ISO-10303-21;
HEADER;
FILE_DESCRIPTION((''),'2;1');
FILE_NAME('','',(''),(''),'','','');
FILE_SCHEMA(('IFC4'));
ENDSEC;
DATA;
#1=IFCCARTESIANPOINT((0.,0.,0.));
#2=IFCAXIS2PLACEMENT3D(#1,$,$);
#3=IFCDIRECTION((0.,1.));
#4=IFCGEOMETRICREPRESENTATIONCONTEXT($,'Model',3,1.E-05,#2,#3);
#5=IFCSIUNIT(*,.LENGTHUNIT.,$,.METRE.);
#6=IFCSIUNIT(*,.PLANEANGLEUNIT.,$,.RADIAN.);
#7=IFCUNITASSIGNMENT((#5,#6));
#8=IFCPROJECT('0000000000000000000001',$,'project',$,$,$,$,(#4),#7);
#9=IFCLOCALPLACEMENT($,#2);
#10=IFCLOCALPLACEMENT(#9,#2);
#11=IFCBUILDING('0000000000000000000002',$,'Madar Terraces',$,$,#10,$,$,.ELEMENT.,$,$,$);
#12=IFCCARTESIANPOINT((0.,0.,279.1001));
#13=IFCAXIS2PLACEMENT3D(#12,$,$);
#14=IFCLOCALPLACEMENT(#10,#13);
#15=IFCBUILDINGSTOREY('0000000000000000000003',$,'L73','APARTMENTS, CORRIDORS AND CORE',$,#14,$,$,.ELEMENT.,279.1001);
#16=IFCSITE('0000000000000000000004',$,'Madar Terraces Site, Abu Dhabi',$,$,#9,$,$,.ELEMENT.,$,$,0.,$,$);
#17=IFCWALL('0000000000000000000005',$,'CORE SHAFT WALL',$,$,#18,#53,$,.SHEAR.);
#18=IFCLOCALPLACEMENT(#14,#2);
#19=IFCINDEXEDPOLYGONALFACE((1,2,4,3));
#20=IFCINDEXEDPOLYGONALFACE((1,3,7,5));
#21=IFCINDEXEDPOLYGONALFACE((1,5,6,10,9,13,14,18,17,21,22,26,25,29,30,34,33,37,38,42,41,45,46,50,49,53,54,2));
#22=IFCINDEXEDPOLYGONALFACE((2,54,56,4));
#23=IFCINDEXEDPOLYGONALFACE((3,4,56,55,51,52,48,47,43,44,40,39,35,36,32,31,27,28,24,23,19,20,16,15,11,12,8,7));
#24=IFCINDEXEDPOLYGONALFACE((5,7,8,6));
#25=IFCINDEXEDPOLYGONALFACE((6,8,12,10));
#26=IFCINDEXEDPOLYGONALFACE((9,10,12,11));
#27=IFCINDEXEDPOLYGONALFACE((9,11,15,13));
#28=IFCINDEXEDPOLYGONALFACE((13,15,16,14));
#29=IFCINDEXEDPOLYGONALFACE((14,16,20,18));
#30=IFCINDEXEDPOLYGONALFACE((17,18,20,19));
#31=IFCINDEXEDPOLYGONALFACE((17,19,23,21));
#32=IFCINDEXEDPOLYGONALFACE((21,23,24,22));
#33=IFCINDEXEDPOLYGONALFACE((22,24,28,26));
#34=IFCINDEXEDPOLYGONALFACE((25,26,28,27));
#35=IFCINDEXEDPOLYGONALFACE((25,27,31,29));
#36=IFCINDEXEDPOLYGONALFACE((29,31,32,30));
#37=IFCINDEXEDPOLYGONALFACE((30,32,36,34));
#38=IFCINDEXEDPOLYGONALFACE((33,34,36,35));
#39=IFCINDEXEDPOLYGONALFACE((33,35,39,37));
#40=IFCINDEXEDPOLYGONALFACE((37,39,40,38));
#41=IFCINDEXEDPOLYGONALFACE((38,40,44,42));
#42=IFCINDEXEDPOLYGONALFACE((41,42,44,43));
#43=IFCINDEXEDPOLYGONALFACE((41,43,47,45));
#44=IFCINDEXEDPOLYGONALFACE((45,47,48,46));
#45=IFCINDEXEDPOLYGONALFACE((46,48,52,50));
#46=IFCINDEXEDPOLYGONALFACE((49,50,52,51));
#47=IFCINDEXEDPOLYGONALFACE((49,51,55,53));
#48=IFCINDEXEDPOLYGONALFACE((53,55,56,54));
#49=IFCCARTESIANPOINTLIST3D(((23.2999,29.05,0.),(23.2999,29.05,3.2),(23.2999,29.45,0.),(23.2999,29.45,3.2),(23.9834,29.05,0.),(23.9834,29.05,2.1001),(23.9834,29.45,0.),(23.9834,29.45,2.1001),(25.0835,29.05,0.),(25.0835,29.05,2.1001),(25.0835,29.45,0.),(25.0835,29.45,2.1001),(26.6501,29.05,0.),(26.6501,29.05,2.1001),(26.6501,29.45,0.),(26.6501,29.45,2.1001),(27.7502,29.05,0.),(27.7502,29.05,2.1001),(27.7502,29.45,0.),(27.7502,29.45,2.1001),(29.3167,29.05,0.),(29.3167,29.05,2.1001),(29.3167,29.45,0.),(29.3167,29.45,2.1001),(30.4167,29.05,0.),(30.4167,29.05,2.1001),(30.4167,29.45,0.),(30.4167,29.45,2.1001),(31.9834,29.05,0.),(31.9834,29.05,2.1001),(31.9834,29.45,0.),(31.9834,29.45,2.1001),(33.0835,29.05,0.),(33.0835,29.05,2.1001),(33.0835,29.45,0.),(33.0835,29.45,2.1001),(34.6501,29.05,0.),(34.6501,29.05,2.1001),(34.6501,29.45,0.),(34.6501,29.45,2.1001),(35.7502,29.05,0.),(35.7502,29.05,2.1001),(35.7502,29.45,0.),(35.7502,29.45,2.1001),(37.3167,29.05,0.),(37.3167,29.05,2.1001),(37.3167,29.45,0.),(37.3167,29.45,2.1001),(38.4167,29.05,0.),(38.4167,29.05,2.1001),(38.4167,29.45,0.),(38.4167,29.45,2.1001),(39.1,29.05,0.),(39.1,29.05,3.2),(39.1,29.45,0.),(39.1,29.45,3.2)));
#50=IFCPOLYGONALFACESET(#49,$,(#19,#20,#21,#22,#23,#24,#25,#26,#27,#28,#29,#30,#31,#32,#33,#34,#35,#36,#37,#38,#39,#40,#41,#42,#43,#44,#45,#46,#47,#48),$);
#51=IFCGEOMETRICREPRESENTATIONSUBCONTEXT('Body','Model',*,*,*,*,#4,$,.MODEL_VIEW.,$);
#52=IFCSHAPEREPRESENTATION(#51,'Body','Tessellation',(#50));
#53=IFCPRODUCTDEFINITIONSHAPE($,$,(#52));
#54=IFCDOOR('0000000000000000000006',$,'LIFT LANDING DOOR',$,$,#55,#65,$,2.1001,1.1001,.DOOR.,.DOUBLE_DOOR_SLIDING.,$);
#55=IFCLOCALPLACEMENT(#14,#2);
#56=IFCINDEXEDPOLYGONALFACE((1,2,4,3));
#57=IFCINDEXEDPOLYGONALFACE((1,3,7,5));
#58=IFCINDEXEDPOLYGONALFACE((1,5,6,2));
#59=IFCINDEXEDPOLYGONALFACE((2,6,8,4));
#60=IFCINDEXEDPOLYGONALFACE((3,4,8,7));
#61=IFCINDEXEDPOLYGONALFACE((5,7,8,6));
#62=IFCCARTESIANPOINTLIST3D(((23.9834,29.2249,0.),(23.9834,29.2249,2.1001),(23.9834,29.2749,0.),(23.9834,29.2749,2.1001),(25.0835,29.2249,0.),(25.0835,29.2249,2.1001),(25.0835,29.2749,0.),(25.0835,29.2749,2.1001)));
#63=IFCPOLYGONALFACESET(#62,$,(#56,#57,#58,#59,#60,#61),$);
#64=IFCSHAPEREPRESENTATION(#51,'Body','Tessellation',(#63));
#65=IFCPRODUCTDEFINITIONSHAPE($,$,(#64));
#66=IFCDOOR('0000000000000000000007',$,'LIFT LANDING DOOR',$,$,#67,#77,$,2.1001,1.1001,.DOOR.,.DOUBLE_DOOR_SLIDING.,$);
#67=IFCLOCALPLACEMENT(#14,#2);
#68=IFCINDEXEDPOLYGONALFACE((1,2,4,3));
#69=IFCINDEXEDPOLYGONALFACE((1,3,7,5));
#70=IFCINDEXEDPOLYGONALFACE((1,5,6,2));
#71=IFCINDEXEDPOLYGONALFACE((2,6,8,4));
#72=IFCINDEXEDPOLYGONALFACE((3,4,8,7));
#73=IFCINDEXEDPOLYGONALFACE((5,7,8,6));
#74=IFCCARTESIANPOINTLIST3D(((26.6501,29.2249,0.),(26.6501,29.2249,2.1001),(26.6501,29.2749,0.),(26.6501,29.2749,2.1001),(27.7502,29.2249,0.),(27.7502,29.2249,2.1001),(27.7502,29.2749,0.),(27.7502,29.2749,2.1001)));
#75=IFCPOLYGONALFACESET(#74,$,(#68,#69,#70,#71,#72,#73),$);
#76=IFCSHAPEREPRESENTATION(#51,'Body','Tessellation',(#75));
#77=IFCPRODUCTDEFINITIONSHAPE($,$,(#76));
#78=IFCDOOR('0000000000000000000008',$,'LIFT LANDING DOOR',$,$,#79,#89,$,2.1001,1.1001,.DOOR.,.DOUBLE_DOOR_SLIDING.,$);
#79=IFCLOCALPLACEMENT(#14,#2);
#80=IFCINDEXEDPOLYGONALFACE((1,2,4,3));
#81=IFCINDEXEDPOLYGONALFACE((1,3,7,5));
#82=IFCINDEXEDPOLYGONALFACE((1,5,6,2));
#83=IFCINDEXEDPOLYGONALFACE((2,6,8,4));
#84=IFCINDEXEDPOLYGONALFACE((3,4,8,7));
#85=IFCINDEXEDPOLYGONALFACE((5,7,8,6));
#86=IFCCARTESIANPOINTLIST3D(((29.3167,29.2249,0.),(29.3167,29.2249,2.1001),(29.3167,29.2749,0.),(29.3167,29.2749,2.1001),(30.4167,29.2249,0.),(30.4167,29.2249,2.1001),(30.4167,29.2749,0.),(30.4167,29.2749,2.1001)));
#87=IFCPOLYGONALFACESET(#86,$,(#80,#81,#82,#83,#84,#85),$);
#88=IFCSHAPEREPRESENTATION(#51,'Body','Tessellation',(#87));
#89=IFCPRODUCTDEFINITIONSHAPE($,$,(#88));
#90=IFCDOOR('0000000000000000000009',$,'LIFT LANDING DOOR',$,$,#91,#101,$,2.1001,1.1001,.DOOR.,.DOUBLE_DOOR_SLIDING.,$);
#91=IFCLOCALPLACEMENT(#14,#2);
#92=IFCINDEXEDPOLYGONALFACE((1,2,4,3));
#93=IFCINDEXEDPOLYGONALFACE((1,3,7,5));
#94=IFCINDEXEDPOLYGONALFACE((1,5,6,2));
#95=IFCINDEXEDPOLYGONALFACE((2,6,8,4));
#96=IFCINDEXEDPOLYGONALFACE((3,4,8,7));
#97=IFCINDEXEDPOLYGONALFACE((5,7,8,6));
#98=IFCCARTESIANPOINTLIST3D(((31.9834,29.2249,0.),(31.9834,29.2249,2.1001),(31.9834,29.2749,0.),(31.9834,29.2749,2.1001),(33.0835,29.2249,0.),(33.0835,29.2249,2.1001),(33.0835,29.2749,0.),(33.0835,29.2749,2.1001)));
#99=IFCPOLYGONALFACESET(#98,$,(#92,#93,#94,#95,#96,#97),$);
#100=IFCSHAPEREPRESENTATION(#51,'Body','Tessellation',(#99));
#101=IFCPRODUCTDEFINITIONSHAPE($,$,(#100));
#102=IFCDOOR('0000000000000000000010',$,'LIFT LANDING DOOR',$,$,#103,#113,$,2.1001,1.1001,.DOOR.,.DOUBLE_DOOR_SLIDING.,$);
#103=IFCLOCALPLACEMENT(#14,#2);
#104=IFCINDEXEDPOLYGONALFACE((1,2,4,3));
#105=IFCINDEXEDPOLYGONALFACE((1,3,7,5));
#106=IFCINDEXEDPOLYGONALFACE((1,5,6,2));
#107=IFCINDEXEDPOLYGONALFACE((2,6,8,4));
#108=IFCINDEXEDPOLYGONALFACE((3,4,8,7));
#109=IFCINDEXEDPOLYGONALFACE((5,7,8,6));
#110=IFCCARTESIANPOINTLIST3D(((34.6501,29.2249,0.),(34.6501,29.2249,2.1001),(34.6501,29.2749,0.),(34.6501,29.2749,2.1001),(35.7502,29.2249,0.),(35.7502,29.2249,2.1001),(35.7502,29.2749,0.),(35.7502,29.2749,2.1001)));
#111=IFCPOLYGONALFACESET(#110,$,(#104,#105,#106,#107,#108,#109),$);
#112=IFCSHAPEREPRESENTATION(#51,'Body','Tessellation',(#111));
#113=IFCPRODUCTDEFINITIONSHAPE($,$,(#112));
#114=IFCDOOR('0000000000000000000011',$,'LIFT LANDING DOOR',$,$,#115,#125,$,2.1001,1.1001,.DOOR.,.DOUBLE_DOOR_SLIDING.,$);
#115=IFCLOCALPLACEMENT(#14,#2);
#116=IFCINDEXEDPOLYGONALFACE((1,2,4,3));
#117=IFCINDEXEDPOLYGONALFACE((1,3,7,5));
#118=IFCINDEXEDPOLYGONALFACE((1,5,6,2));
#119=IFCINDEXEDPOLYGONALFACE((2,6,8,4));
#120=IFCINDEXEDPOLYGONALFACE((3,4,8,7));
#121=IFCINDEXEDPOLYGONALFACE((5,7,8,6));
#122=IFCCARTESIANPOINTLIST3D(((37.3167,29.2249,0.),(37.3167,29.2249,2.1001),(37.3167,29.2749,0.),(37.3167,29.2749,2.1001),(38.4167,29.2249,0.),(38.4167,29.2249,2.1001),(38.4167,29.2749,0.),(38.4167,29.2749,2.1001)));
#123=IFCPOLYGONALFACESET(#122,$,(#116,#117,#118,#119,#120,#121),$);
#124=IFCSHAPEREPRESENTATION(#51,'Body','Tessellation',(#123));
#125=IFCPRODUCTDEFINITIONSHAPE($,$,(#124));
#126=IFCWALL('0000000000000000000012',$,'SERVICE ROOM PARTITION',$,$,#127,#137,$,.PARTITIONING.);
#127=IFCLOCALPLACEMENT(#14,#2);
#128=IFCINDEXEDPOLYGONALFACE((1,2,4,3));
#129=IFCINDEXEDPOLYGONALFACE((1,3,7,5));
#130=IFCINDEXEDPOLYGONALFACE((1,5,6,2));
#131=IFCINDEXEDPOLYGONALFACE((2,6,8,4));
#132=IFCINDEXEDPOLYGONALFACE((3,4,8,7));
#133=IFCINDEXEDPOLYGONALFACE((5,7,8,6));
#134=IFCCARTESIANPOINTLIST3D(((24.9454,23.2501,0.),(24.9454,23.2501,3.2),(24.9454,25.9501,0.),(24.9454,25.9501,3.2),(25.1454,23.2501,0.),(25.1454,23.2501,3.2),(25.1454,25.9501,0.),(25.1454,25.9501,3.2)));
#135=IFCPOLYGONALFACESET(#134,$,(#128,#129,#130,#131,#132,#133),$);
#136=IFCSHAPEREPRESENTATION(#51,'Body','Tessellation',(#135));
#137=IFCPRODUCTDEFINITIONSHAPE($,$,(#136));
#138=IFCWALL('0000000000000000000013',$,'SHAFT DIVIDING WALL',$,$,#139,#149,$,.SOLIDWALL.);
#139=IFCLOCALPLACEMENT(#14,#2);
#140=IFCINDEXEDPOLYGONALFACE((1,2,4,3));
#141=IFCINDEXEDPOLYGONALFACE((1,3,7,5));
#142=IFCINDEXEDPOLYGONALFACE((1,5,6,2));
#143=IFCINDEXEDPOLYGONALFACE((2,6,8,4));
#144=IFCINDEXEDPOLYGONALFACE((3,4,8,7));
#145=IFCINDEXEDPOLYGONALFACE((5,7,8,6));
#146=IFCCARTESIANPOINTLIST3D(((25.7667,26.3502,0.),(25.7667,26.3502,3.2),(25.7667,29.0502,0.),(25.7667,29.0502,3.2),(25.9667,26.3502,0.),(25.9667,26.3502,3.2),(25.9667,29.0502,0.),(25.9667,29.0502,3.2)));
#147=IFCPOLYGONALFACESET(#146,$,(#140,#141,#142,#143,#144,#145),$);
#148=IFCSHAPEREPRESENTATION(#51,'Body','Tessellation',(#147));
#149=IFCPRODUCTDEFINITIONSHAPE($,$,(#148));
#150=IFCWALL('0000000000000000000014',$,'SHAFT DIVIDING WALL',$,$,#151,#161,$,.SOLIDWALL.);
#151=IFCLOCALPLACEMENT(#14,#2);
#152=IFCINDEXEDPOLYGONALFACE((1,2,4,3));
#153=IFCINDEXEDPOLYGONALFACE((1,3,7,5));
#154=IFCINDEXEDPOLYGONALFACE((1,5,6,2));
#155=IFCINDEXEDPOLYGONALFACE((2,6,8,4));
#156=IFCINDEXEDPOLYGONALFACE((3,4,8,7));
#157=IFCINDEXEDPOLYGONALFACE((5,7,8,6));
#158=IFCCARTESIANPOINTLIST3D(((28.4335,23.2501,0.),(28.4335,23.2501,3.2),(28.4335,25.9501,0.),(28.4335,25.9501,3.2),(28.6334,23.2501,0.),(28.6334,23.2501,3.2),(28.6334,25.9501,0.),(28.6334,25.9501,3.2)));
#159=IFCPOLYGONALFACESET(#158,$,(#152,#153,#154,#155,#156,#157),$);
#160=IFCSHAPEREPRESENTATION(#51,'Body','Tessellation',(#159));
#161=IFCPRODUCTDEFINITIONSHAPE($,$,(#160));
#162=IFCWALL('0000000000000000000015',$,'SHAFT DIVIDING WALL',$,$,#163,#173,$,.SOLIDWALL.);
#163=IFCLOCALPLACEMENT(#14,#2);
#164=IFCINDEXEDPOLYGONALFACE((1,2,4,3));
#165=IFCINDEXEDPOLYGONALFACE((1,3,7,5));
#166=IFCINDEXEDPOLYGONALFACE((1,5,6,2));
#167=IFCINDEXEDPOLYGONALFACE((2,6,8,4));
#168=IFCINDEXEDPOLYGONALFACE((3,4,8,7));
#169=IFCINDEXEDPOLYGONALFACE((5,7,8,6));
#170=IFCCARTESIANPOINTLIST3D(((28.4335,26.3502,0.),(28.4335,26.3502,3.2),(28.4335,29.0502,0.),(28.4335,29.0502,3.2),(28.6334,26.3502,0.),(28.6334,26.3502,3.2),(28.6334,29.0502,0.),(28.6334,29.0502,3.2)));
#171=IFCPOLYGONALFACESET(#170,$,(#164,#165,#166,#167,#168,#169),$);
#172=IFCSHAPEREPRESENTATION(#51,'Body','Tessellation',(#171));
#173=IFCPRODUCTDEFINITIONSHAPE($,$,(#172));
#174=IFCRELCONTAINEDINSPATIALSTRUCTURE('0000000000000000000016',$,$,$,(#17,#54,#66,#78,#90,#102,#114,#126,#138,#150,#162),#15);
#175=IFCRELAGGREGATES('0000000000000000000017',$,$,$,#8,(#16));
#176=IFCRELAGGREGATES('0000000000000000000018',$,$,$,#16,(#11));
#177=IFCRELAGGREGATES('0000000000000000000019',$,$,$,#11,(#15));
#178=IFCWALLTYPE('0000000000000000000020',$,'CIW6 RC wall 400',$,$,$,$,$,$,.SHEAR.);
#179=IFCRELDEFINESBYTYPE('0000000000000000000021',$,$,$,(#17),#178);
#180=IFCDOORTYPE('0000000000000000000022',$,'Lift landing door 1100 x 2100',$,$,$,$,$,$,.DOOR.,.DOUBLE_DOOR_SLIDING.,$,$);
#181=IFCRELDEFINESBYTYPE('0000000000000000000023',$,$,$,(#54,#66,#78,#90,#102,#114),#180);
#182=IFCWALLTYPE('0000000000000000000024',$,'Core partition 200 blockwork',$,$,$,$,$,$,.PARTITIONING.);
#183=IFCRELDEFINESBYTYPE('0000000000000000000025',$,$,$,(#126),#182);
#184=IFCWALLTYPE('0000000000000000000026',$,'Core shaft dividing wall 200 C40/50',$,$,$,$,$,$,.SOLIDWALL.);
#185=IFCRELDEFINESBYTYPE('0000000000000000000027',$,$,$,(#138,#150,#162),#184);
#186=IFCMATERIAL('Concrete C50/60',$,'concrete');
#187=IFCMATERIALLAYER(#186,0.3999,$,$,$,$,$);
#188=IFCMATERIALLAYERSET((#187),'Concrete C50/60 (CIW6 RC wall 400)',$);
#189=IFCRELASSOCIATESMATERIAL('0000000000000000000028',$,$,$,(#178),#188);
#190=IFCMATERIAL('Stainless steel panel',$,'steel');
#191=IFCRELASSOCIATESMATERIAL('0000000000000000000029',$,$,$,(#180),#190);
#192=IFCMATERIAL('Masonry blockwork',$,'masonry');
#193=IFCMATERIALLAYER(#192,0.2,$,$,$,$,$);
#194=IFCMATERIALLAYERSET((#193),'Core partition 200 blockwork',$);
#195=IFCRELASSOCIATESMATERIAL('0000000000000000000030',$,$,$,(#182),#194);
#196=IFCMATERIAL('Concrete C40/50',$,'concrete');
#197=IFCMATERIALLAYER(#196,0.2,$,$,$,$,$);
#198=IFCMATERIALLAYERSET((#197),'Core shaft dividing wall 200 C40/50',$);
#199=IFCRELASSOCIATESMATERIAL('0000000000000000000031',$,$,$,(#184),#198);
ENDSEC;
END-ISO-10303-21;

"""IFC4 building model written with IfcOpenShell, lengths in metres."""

from ifc_helpers import new_model, si_unit, direction, frame, frame_2d, origin, place, context, subcontext, project, spatial, rectangle, extrude, material, layer, layer_set, type_object, element, fill, save


model = new_model("IFC4")

# Units and contexts
model_context = context("Model", 3, precision=1e-05, world=origin(), true_north=direction((0.0, 1.0)))
body_context = subcontext(model_context, "Body", "Model", "MODEL_VIEW")
ifc_project = project(units=[si_unit("LENGTHUNIT", "METRE"), si_unit("PLANEANGLEUNIT", "RADIAN")], contexts=[model_context])

# Site, building, storey
site_placement = place(None, origin())
site = spatial("IfcSite", under=ifc_project, at=site_placement, Name="Madar Terraces Site, Abu Dhabi", CompositionType="ELEMENT", RefElevation=0.0)
building_placement = place(site_placement, origin())
building = spatial("IfcBuilding", under=site, at=building_placement, Name="Madar Terraces", CompositionType="ELEMENT")
storey_placement = place(building_placement, frame((0.0, 0.0, 279.1001)))
storey = spatial("IfcBuildingStorey", under=building, at=storey_placement, Name="L73", Description="APARTMENTS, CORRIDORS AND CORE", CompositionType="ELEMENT", Elevation=279.1001)

# Shared definitions
ifc_material_1 = material(Name="Concrete C50/60", Category="concrete")
ifc_layer_1 = layer(ifc_material_1, 0.3999)
ifc_layer_set_1 = layer_set([ifc_layer_1], Name="Concrete C50/60 (CIW6 RC wall 400)")
wall_type_1 = type_object("IfcWallType", Name="CIW6 RC wall 400", PredefinedType="SHEAR", material=ifc_layer_set_1)

# Wall, openings, doors
wall_1_placement = place(storey_placement, frame((23.3, 29.25, 0.0), z_axis=(0.0, 0.0, 1.0), x_axis=(1.0, 0.0, 0.0)))
wall_1 = element("IfcWall", 1, at=wall_1_placement, inside=storey, type_object=wall_type_1, Name="CORE SHAFT WALL", PredefinedType="SHEAR", context=body_context, shape_type="SweptSolid", body=[
    extrude(rectangle(XDim=15.8, YDim=0.3999, at=frame_2d((7.8999, 0.0))), origin(), (0.0, 0.0, 1.0), 3.2),
])
opening_1_placement = place(wall_1_placement, frame((0.6833, 0.0, 0.0)))
opening_1 = element("IfcOpeningElement", 2, at=opening_1_placement, cuts=wall_1, PredefinedType="OPENING", context=body_context, shape_type="SweptSolid", body=[
    extrude(rectangle(XDim=1.1001, YDim=2.1001, at=frame_2d((0.55, 1.05))), frame((0.0, 0.21, 0.0), z_axis=(0.0, -1.0, 0.0), x_axis=(1.0, 0.0, 0.0)), (0.0, 0.0, 1.0), 0.4199),
])
opening_2_placement = place(wall_1_placement, frame((3.3501, 0.0, 0.0)))
opening_2 = element("IfcOpeningElement", 3, at=opening_2_placement, cuts=wall_1, PredefinedType="OPENING", context=body_context, shape_type="SweptSolid", body=[
    extrude(rectangle(XDim=1.1001, YDim=2.1001, at=frame_2d((0.55, 1.05))), frame((0.0, 0.21, 0.0), z_axis=(0.0, -1.0, 0.0), x_axis=(1.0, 0.0, 0.0)), (0.0, 0.0, 1.0), 0.4199),
])
opening_3_placement = place(wall_1_placement, frame((6.0166, 0.0, 0.0)))
opening_3 = element("IfcOpeningElement", 4, at=opening_3_placement, cuts=wall_1, PredefinedType="OPENING", context=body_context, shape_type="SweptSolid", body=[
    extrude(rectangle(XDim=1.1001, YDim=2.1001, at=frame_2d((0.55, 1.05))), frame((0.0, 0.21, 0.0), z_axis=(0.0, -1.0, 0.0), x_axis=(1.0, 0.0, 0.0)), (0.0, 0.0, 1.0), 0.4199),
])
opening_4_placement = place(wall_1_placement, frame((8.6833, 0.0, 0.0)))
opening_4 = element("IfcOpeningElement", 5, at=opening_4_placement, cuts=wall_1, PredefinedType="OPENING", context=body_context, shape_type="SweptSolid", body=[
    extrude(rectangle(XDim=1.1001, YDim=2.1001, at=frame_2d((0.55, 1.05))), frame((0.0, 0.21, 0.0), z_axis=(0.0, -1.0, 0.0), x_axis=(1.0, 0.0, 0.0)), (0.0, 0.0, 1.0), 0.4199),
])
opening_5_placement = place(wall_1_placement, frame((11.3501, 0.0, 0.0)))
opening_5 = element("IfcOpeningElement", 6, at=opening_5_placement, cuts=wall_1, PredefinedType="OPENING", context=body_context, shape_type="SweptSolid", body=[
    extrude(rectangle(XDim=1.1001, YDim=2.1001, at=frame_2d((0.55, 1.05))), frame((0.0, 0.21, 0.0), z_axis=(0.0, -1.0, 0.0), x_axis=(1.0, 0.0, 0.0)), (0.0, 0.0, 1.0), 0.4199),
])
opening_6_placement = place(wall_1_placement, frame((14.0166, 0.0, 0.0)))
opening_6 = element("IfcOpeningElement", 7, at=opening_6_placement, cuts=wall_1, PredefinedType="OPENING", context=body_context, shape_type="SweptSolid", body=[
    extrude(rectangle(XDim=1.1001, YDim=2.1001, at=frame_2d((0.55, 1.05))), frame((0.0, 0.21, 0.0), z_axis=(0.0, -1.0, 0.0), x_axis=(1.0, 0.0, 0.0)), (0.0, 0.0, 1.0), 0.4199),
])
ifc_material_2 = material(Name="Stainless steel panel", Category="steel")
door_type_1 = type_object("IfcDoorType", Name="Lift landing door 1100 x 2100", OperationType="DOUBLE_DOOR_SLIDING", PredefinedType="DOOR", material=ifc_material_2)
door_1_placement = place(opening_1_placement, origin())
door_1 = element("IfcDoor", 8, at=door_1_placement, inside=storey, type_object=door_type_1, Name="LIFT LANDING DOOR", OperationType="DOUBLE_DOOR_SLIDING", OverallHeight=2.1001, OverallWidth=1.1001, PredefinedType="DOOR", context=body_context, shape_type="SweptSolid", body=[
    extrude(rectangle(XDim=1.1001, YDim=2.1001, at=frame_2d((0.55, 1.05))), frame((0.0, 0.0249, 0.0), z_axis=(0.0, -1.0, 0.0), x_axis=(1.0, 0.0, 0.0)), (0.0, 0.0, 1.0), 0.05),
])
fill(opening_1, door_1)
door_2_placement = place(opening_2_placement, origin())
door_2 = element("IfcDoor", 9, at=door_2_placement, inside=storey, type_object=door_type_1, Name="LIFT LANDING DOOR", OperationType="DOUBLE_DOOR_SLIDING", OverallHeight=2.1001, OverallWidth=1.1001, PredefinedType="DOOR", context=body_context, shape_type="SweptSolid", body=[
    extrude(rectangle(XDim=1.1001, YDim=2.1001, at=frame_2d((0.55, 1.05))), frame((0.0, 0.0249, 0.0), z_axis=(0.0, -1.0, 0.0), x_axis=(1.0, 0.0, 0.0)), (0.0, 0.0, 1.0), 0.05),
])
fill(opening_2, door_2)
door_3_placement = place(opening_3_placement, origin())
door_3 = element("IfcDoor", 10, at=door_3_placement, inside=storey, type_object=door_type_1, Name="LIFT LANDING DOOR", OperationType="DOUBLE_DOOR_SLIDING", OverallHeight=2.1001, OverallWidth=1.1001, PredefinedType="DOOR", context=body_context, shape_type="SweptSolid", body=[
    extrude(rectangle(XDim=1.1001, YDim=2.1001, at=frame_2d((0.55, 1.05))), frame((0.0, 0.0249, 0.0), z_axis=(0.0, -1.0, 0.0), x_axis=(1.0, 0.0, 0.0)), (0.0, 0.0, 1.0), 0.05),
])
fill(opening_3, door_3)
door_4_placement = place(opening_4_placement, origin())
door_4 = element("IfcDoor", 11, at=door_4_placement, inside=storey, type_object=door_type_1, Name="LIFT LANDING DOOR", OperationType="DOUBLE_DOOR_SLIDING", OverallHeight=2.1001, OverallWidth=1.1001, PredefinedType="DOOR", context=body_context, shape_type="SweptSolid", body=[
    extrude(rectangle(XDim=1.1001, YDim=2.1001, at=frame_2d((0.55, 1.05))), frame((0.0, 0.0249, 0.0), z_axis=(0.0, -1.0, 0.0), x_axis=(1.0, 0.0, 0.0)), (0.0, 0.0, 1.0), 0.05),
])
fill(opening_4, door_4)
door_5_placement = place(opening_5_placement, origin())
door_5 = element("IfcDoor", 12, at=door_5_placement, inside=storey, type_object=door_type_1, Name="LIFT LANDING DOOR", OperationType="DOUBLE_DOOR_SLIDING", OverallHeight=2.1001, OverallWidth=1.1001, PredefinedType="DOOR", context=body_context, shape_type="SweptSolid", body=[
    extrude(rectangle(XDim=1.1001, YDim=2.1001, at=frame_2d((0.55, 1.05))), frame((0.0, 0.0249, 0.0), z_axis=(0.0, -1.0, 0.0), x_axis=(1.0, 0.0, 0.0)), (0.0, 0.0, 1.0), 0.05),
])
fill(opening_5, door_5)
door_6_placement = place(opening_6_placement, origin())
door_6 = element("IfcDoor", 13, at=door_6_placement, inside=storey, type_object=door_type_1, Name="LIFT LANDING DOOR", OperationType="DOUBLE_DOOR_SLIDING", OverallHeight=2.1001, OverallWidth=1.1001, PredefinedType="DOOR", context=body_context, shape_type="SweptSolid", body=[
    extrude(rectangle(XDim=1.1001, YDim=2.1001, at=frame_2d((0.55, 1.05))), frame((0.0, 0.0249, 0.0), z_axis=(0.0, -1.0, 0.0), x_axis=(1.0, 0.0, 0.0)), (0.0, 0.0, 1.0), 0.05),
])
fill(opening_6, door_6)

# Walls
ifc_material_3 = material(Name="Masonry blockwork", Category="masonry")
ifc_layer_2 = layer(ifc_material_3, 0.2)
ifc_layer_set_2 = layer_set([ifc_layer_2], Name="Core partition 200 blockwork")
wall_type_2 = type_object("IfcWallType", Name="Core partition 200 blockwork", PredefinedType="PARTITIONING", material=ifc_layer_set_2)
wall_2_placement = place(storey_placement, frame((25.0454, 23.25, 0.0), z_axis=(0.0, 0.0, 1.0), x_axis=(0.0, 1.0, 0.0)))
element("IfcWall", 14, at=wall_2_placement, inside=storey, type_object=wall_type_2, Name="SERVICE ROOM PARTITION", PredefinedType="PARTITIONING", context=body_context, shape_type="SweptSolid", body=[
    extrude(rectangle(XDim=2.7, YDim=0.2, at=frame_2d((1.3501, 0.0))), origin(), (0.0, 0.0, 1.0), 3.2),
])
ifc_material_4 = material(Name="Concrete C40/50", Category="concrete")
ifc_layer_3 = layer(ifc_material_4, 0.2)
ifc_layer_set_3 = layer_set([ifc_layer_3], Name="Core shaft dividing wall 200 C40/50")
wall_type_3 = type_object("IfcWallType", Name="Core shaft dividing wall 200 C40/50", PredefinedType="SOLIDWALL", material=ifc_layer_set_3)
for number, where, z_axis, x_axis, name in (
    (15, (25.8667, 26.3501, 0.0), (0.0, 0.0, 1.0), (0.0, 1.0, 0.0), "SHAFT DIVIDING WALL"),
    (16, (28.5334, 23.25, 0.0), (0.0, 0.0, 1.0), (0.0, 1.0, 0.0), "SHAFT DIVIDING WALL"),
    (17, (28.5334, 26.3501, 0.0), (0.0, 0.0, 1.0), (0.0, 1.0, 0.0), "SHAFT DIVIDING WALL"),
):
    element("IfcWall", number, at=place(storey_placement, frame(where, z_axis=z_axis, x_axis=x_axis)), inside=storey, type_object=wall_type_3, Name=name, PredefinedType="SOLIDWALL", context=body_context, shape_type="SweptSolid", body=[
        extrude(rectangle(XDim=2.7, YDim=0.2, at=frame_2d((1.3501, 0.0))), origin(), (0.0, 0.0, 1.0), 3.2),
    ])

save(model, "model.ifc")
